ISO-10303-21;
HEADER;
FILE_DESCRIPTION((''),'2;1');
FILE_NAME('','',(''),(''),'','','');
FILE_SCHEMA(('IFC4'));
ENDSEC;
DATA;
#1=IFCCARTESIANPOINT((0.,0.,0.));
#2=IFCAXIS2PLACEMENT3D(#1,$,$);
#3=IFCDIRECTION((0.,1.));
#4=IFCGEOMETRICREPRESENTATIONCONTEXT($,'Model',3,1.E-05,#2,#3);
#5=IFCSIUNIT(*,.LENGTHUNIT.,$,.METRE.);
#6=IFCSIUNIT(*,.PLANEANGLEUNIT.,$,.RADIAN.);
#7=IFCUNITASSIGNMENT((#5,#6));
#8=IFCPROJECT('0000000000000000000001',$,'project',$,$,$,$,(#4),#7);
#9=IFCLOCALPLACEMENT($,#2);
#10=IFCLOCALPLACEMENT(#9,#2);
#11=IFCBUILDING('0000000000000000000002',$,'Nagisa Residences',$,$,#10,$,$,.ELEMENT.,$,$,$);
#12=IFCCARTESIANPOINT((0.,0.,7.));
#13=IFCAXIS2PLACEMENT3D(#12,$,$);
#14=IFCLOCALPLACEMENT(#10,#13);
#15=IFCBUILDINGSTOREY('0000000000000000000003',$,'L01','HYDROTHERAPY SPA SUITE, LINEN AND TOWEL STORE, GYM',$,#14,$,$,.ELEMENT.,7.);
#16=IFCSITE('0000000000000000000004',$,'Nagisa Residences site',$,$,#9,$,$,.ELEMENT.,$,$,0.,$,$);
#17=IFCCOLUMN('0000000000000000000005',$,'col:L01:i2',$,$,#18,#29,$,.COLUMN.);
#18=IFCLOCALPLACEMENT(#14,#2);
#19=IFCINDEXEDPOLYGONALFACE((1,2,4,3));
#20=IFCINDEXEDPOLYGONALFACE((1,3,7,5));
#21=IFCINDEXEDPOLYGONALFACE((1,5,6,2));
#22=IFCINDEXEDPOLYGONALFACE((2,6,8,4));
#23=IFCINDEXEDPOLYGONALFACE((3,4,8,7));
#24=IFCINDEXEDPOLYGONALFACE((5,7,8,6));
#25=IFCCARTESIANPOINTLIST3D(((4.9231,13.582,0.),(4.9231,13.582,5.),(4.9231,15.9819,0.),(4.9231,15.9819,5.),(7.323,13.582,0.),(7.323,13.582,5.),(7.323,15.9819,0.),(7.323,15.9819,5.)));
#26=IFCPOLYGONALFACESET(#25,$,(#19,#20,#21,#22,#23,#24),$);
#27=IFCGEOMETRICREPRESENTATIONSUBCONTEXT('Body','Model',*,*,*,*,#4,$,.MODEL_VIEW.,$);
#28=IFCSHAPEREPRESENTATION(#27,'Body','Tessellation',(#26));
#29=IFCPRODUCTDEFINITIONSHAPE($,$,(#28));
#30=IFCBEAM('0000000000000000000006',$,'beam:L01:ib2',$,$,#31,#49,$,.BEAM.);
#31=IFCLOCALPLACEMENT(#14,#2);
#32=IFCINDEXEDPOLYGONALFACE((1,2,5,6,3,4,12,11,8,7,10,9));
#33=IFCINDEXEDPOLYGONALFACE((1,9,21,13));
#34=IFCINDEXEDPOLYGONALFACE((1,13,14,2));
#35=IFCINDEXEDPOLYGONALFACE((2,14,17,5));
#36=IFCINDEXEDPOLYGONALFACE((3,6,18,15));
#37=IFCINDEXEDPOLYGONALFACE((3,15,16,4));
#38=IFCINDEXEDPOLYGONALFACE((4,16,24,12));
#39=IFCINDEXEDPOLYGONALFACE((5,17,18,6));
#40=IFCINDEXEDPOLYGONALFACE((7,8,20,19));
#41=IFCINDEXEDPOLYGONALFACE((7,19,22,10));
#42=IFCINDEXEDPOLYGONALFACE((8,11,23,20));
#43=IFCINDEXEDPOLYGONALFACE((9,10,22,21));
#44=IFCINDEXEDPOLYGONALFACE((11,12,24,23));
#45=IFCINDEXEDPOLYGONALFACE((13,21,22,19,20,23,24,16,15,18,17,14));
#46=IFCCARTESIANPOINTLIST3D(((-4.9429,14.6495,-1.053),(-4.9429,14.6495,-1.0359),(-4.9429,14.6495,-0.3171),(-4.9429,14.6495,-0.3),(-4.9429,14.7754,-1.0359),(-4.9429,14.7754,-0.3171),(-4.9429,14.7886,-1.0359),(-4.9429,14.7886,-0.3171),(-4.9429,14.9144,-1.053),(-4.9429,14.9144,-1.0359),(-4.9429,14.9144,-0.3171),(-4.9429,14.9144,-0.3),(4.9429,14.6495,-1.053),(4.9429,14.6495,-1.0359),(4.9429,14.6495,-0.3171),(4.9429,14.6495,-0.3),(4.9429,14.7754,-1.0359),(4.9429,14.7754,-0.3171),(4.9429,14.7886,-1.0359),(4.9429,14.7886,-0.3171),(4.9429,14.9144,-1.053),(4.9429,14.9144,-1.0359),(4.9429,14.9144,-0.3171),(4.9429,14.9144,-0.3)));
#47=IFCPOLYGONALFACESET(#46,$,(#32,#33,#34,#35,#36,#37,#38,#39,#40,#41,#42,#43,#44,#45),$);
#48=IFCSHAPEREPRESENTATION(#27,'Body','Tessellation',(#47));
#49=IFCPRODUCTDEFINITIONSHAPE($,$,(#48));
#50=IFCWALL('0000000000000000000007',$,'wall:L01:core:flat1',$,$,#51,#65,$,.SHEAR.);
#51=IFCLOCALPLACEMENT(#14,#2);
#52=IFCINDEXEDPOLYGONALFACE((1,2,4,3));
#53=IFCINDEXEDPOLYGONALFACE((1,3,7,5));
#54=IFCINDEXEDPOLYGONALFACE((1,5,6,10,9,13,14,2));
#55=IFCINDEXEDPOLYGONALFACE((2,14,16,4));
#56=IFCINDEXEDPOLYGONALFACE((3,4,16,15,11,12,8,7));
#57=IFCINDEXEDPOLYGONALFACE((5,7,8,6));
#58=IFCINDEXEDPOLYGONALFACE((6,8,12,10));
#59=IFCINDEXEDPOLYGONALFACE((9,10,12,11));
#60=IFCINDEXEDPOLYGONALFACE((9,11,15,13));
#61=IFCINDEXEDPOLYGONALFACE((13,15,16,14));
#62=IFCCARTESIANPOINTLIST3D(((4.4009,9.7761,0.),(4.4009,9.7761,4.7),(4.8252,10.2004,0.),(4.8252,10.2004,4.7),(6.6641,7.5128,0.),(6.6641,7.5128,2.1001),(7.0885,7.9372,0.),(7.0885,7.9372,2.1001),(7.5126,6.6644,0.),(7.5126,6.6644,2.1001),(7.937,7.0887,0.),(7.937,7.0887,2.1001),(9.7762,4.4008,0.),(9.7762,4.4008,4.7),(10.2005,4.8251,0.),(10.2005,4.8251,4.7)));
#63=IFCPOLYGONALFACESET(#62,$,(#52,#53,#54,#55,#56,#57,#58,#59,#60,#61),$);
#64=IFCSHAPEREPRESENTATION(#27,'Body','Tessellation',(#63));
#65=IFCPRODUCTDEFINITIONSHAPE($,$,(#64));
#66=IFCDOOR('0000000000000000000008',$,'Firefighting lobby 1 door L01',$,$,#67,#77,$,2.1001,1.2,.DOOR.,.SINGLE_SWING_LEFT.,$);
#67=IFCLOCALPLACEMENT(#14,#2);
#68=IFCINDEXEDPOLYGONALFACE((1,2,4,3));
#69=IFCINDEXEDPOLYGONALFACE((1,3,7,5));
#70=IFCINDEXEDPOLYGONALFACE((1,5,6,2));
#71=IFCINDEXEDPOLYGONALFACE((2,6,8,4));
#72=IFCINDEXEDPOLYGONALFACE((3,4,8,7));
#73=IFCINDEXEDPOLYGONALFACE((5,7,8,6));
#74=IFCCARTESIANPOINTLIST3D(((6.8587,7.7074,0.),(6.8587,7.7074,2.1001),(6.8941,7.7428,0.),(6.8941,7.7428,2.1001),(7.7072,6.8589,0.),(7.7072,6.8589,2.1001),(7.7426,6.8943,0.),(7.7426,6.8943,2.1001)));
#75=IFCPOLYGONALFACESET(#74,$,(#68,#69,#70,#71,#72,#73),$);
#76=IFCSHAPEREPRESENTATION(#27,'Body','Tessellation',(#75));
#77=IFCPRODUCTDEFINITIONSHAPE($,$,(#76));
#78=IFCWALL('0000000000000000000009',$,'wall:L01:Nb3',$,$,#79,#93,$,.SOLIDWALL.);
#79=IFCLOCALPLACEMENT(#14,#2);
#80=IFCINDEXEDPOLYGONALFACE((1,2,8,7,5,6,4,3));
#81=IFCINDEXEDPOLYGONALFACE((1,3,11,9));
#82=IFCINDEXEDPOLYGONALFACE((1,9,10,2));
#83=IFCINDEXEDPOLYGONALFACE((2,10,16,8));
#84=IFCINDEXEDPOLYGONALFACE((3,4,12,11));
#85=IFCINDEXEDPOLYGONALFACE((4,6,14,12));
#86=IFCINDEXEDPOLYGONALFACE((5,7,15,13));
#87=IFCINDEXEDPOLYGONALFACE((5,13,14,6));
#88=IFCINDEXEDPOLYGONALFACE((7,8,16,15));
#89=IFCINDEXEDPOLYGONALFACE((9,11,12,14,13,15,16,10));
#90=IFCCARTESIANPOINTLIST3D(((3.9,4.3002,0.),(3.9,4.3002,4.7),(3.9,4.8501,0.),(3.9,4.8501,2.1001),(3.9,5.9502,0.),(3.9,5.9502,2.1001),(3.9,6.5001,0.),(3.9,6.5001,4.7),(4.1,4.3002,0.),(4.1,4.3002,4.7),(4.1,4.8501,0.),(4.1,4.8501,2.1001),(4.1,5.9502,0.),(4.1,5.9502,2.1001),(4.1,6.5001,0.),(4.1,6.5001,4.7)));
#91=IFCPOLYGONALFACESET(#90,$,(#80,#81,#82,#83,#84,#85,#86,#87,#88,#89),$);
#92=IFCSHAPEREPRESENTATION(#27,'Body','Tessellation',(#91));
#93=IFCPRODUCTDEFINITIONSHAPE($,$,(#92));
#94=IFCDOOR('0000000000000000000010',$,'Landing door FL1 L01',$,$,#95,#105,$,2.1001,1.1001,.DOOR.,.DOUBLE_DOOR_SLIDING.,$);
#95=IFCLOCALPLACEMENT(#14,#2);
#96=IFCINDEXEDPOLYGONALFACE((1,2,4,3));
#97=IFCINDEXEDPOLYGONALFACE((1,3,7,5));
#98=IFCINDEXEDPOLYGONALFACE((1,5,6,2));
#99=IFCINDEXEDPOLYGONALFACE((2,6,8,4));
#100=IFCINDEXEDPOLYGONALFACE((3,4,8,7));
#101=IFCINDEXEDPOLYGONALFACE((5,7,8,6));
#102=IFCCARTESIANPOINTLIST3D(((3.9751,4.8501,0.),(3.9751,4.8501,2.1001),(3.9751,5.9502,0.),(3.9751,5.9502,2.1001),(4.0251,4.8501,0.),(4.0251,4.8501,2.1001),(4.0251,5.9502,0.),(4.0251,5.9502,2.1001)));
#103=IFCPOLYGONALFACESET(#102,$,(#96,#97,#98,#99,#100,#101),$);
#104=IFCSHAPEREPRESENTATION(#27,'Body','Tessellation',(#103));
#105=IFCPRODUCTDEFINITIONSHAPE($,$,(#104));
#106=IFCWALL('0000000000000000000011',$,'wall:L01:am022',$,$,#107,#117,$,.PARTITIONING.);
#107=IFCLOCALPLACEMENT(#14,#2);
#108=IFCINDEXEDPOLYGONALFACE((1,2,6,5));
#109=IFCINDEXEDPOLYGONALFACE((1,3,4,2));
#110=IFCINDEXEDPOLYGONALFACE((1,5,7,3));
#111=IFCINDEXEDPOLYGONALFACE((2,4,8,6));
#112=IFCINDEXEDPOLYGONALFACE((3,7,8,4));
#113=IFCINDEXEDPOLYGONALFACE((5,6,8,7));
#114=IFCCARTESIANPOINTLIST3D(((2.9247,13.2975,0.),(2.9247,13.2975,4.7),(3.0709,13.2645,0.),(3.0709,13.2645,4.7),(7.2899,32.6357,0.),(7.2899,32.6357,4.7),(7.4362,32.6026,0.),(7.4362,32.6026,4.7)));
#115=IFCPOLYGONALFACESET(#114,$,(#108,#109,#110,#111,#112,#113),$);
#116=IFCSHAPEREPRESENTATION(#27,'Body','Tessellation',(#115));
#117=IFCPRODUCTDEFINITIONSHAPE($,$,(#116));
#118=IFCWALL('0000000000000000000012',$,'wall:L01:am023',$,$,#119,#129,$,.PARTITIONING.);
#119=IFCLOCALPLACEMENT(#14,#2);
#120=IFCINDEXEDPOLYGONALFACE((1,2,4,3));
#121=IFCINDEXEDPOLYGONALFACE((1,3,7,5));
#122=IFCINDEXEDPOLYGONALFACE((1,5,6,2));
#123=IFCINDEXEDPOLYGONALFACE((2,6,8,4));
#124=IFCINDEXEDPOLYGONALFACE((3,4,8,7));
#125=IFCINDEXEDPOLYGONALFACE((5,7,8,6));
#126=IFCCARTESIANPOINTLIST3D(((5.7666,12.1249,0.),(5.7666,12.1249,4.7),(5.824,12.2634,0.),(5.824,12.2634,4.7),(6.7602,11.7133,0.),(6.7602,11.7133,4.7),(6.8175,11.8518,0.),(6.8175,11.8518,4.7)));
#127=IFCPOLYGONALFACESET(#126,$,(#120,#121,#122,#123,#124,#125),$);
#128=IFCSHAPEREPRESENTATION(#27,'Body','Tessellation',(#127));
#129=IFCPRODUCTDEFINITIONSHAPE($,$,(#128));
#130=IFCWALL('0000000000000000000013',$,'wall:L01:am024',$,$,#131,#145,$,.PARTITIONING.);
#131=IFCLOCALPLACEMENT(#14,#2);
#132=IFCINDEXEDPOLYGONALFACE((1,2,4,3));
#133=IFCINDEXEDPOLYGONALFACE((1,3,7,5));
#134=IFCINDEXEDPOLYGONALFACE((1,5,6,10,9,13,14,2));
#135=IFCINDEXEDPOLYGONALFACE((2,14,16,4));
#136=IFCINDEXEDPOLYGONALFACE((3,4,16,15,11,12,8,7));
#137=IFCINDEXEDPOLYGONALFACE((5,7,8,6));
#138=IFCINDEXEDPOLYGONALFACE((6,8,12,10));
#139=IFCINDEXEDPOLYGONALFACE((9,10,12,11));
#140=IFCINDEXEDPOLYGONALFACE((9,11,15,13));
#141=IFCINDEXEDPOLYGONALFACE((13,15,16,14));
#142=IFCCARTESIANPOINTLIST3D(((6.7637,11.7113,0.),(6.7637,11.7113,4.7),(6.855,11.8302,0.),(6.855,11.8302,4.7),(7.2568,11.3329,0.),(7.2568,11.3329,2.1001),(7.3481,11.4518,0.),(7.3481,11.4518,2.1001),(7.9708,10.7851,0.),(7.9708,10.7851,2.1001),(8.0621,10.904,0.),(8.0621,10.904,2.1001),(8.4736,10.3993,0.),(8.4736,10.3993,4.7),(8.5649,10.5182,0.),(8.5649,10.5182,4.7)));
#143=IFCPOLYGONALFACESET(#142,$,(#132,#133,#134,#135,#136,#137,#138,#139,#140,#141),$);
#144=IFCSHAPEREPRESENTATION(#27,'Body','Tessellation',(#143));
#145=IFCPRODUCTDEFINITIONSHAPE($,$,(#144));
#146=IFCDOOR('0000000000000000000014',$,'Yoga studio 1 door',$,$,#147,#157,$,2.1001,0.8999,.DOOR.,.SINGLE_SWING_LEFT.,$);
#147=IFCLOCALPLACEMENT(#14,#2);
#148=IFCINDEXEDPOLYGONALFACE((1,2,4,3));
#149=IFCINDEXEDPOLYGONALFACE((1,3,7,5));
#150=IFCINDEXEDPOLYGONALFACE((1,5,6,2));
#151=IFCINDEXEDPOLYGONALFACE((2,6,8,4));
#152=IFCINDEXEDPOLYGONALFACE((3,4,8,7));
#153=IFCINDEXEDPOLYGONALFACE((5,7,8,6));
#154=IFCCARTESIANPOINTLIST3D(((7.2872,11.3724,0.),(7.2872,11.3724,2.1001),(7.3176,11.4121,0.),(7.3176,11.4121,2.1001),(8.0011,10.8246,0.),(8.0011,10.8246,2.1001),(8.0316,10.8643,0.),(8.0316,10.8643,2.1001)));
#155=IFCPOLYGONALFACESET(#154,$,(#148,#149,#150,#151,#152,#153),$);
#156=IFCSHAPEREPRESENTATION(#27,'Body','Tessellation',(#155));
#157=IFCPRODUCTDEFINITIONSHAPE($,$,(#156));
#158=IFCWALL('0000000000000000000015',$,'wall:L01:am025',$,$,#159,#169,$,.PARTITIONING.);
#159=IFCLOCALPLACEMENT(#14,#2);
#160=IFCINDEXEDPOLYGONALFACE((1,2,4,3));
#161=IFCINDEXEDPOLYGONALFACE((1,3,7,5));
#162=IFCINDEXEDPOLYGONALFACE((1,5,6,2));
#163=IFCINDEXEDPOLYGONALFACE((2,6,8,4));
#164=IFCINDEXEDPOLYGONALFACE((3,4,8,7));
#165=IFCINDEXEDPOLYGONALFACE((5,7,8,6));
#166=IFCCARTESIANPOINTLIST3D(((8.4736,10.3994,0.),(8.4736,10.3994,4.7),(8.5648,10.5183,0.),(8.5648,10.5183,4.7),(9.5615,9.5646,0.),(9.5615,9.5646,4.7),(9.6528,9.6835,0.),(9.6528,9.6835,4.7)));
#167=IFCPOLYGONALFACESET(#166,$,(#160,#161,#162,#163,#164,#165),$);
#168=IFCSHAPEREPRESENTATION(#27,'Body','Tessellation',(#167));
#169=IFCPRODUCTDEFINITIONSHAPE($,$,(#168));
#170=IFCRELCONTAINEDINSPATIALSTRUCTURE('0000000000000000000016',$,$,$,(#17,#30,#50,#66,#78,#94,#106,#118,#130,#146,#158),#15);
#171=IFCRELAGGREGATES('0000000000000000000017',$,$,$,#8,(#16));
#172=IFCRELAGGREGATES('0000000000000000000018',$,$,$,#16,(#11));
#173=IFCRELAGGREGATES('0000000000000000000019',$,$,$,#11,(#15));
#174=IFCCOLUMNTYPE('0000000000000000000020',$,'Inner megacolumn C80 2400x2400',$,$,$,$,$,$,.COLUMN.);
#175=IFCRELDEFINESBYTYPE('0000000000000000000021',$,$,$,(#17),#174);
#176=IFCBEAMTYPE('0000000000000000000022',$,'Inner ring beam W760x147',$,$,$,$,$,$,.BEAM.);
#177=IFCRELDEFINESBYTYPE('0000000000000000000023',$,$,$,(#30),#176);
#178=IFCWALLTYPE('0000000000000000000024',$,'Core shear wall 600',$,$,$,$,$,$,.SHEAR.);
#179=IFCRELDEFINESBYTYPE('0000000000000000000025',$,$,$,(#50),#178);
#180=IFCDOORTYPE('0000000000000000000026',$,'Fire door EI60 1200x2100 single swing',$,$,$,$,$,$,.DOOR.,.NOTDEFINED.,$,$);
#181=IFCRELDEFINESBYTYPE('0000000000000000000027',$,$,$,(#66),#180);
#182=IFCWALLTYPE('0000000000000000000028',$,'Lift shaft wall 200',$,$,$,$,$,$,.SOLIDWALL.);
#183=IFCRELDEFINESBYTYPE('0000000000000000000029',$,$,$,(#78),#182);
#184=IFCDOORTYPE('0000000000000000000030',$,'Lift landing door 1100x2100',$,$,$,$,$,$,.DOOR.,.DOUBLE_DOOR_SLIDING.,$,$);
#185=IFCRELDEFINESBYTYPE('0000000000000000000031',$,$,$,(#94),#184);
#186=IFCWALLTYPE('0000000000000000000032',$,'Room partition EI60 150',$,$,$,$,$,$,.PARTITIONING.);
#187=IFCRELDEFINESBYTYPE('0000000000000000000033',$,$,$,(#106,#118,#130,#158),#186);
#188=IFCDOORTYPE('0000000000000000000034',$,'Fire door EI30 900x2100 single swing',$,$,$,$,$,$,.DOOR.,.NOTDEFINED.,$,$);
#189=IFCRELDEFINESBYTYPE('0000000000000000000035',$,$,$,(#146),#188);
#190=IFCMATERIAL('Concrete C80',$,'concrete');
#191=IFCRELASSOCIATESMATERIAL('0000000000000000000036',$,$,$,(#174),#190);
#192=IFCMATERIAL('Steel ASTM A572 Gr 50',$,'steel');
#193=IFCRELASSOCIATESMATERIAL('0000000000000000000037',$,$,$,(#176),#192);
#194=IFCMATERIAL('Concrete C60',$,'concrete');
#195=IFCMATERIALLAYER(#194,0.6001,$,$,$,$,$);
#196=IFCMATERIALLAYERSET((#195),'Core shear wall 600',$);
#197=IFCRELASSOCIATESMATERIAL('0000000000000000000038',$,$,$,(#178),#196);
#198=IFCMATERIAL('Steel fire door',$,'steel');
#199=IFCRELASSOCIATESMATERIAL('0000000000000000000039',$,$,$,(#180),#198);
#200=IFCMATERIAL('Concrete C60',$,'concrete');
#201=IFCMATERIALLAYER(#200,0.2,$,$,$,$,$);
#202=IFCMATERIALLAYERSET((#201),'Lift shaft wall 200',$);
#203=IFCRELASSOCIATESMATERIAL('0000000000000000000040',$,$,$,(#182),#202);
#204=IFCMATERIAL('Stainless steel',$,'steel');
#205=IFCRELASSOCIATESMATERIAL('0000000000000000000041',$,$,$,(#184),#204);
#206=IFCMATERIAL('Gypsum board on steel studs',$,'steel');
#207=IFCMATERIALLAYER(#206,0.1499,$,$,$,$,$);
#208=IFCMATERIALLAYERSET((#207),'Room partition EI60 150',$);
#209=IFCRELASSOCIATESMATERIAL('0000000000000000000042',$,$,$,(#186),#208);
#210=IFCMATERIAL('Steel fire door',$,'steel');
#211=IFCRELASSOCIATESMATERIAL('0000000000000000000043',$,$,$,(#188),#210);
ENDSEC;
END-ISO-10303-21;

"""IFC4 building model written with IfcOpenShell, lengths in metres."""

from ifc_helpers import new_model, si_unit, direction, frame, frame_2d, origin, origin_2d, place, context, subcontext, project, spatial, rectangle, i_section, extrude, material, layer, layer_set, material_profile, profile_set, type_object, element, fill, save


model = new_model("IFC4")

# Units and contexts
model_context = context("Model", 3, precision=1e-05, world=origin(), true_north=direction((0.0, 1.0)))
body_context = subcontext(model_context, "Body", "Model", "MODEL_VIEW")
ifc_project = project(units=[si_unit("LENGTHUNIT", "METRE"), si_unit("PLANEANGLEUNIT", "RADIAN")], contexts=[model_context])

# Site, building, storey
site_placement = place(None, origin())
site = spatial("IfcSite", under=ifc_project, at=site_placement, Name="Nagisa Residences site", CompositionType="ELEMENT", RefElevation=0.0)
building_placement = place(site_placement, origin())
building = spatial("IfcBuilding", under=site, at=building_placement, Name="Nagisa Residences", CompositionType="ELEMENT")
storey_placement = place(building_placement, frame((0.0, 0.0, 7.0)))
storey = spatial("IfcBuildingStorey", under=building, at=storey_placement, Name="L01", Description="HYDROTHERAPY SPA SUITE, LINEN AND TOWEL STORE, GYM", CompositionType="ELEMENT", Elevation=7.0)

# Column
ifc_material_1 = material(Name="Concrete C80", Category="concrete")
ifc_material_profile_1 = material_profile(ifc_material_1, rectangle(XDim=2.3999, YDim=2.3999, at=origin_2d()), Name="C80 2400x2400")
ifc_profile_set_1 = profile_set([ifc_material_profile_1], Name="Concrete C80")
column_type = type_object("IfcColumnType", Name="Inner megacolumn C80 2400x2400", PredefinedType="COLUMN", material=ifc_profile_set_1)
column_placement = place(storey_placement, frame((6.123, 14.782, 0.0), z_axis=(0.0, 0.0, 1.0), x_axis=(1.0, 0.0, 0.0)))
element("IfcColumn", 1, at=column_placement, inside=storey, type_object=column_type, Name="col:L01:i2", PredefinedType="COLUMN", context=body_context, shape_type="SweptSolid", body=[
    extrude(rectangle(XDim=2.3999, YDim=2.3999, at=origin_2d()), origin(), (0.0, 0.0, 1.0), 5.0),
])

# Beam
ifc_material_2 = material(Name="Steel ASTM A572 Gr 50", Category="steel")
ifc_material_profile_2 = material_profile(ifc_material_2, i_section(OverallWidth=0.2649, OverallDepth=0.7529, WebThickness=0.0132, FlangeThickness=0.0171, at=origin_2d()), Name="W760x147")
ifc_profile_set_2 = profile_set([ifc_material_profile_2], Name="Steel ASTM A572 Gr 50")
beam_type = type_object("IfcBeamType", Name="Inner ring beam W760x147", PredefinedType="BEAM", material=ifc_profile_set_2)
beam_placement = place(storey_placement, frame((4.9429, 14.782, -0.6765), z_axis=(-1.0, 0.0, 0.0), x_axis=(0.0, -1.0, 0.0)))
element("IfcBeam", 2, at=beam_placement, inside=storey, type_object=beam_type, Name="beam:L01:ib2", PredefinedType="BEAM", context=body_context, shape_type="SweptSolid", body=[
    extrude(i_section(OverallWidth=0.2649, OverallDepth=0.7529, WebThickness=0.0132, FlangeThickness=0.0171, at=origin_2d()), origin(), (0.0, 0.0, 1.0), 9.8857),
])

# Walls, openings, doors
ifc_material_3 = material(Name="Concrete C60", Category="concrete")
ifc_layer_1 = layer(ifc_material_3, 0.6001)
ifc_layer_set_1 = layer_set([ifc_layer_1], Name="Core shear wall 600")
wall_type_1 = type_object("IfcWallType", Name="Core shear wall 600", PredefinedType="SHEAR", material=ifc_layer_set_1)
wall_1_placement = place(storey_placement, frame((9.9883, 4.613, 0.0), z_axis=(0.0, 0.0, 1.0), x_axis=(-0.707107, 0.707107, 0.0)))
wall_1 = element("IfcWall", 3, at=wall_1_placement, inside=storey, type_object=wall_type_1, Name="wall:L01:core:flat1", PredefinedType="SHEAR", context=body_context, shape_type="SweptSolid", body=[
    extrude(rectangle(XDim=7.6018, YDim=0.6001, at=frame_2d((3.8008, 0.0))), origin(), (0.0, 0.0, 1.0), 4.7),
])
opening_1_placement = place(wall_1_placement, frame((3.2009, 0.0, 0.0)))
opening_1 = element("IfcOpeningElement", 4, at=opening_1_placement, cuts=wall_1, PredefinedType="OPENING", context=body_context, shape_type="SweptSolid", body=[
    extrude(rectangle(XDim=1.2, YDim=2.1001, at=frame_2d((0.6001, 1.05))), frame((0.0, 0.3101, 0.0), z_axis=(0.0, -1.0, 0.0), x_axis=(1.0, 0.0, 0.0)), (0.0, 0.0, 1.0), 0.6201),
])
ifc_material_4 = material(Name="Steel fire door", Category="steel")
door_type_1 = type_object("IfcDoorType", Name="Fire door EI60 1200x2100 single swing", OperationType="NOTDEFINED", PredefinedType="DOOR", material=ifc_material_4)
door_1_placement = place(opening_1_placement, origin())
door_1 = element("IfcDoor", 5, at=door_1_placement, inside=storey, type_object=door_type_1, Name="Firefighting lobby 1 door L01", OperationType="SINGLE_SWING_LEFT", OverallHeight=2.1001, OverallWidth=1.2, PredefinedType="DOOR", context=body_context, shape_type="SweptSolid", body=[
    extrude(rectangle(XDim=1.2, YDim=2.1001, at=frame_2d((0.6001, 1.05))), frame((0.0, 0.0249, 0.0), z_axis=(0.0, -1.0, 0.0), x_axis=(1.0, 0.0, 0.0)), (0.0, 0.0, 1.0), 0.05),
])
fill(opening_1, door_1)
ifc_material_5 = material(Name="Concrete C60", Category="concrete")
ifc_layer_2 = layer(ifc_material_5, 0.2)
ifc_layer_set_2 = layer_set([ifc_layer_2], Name="Lift shaft wall 200")
wall_type_2 = type_object("IfcWallType", Name="Lift shaft wall 200", PredefinedType="SOLIDWALL", material=ifc_layer_set_2)
wall_2_placement = place(storey_placement, frame((4.0, 4.3, 0.0), z_axis=(0.0, 0.0, 1.0), x_axis=(0.0, 1.0, 0.0)))
wall_2 = element("IfcWall", 6, at=wall_2_placement, inside=storey, type_object=wall_type_2, Name="wall:L01:Nb3", PredefinedType="SOLIDWALL", context=body_context, shape_type="SweptSolid", body=[
    extrude(rectangle(XDim=2.2, YDim=0.2, at=frame_2d((1.1001, 0.0))), origin(), (0.0, 0.0, 1.0), 4.7),
])
opening_2_placement = place(wall_2_placement, frame((0.55, 0.0, 0.0)))
opening_2 = element("IfcOpeningElement", 7, at=opening_2_placement, cuts=wall_2, PredefinedType="OPENING", context=body_context, shape_type="SweptSolid", body=[
    extrude(rectangle(XDim=1.1001, YDim=2.1001, at=frame_2d((0.55, 1.05))), frame((0.0, 0.1099, 0.0), z_axis=(0.0, -1.0, 0.0), x_axis=(1.0, 0.0, 0.0)), (0.0, 0.0, 1.0), 0.22),
])
ifc_material_6 = material(Name="Stainless steel", Category="steel")
door_type_2 = type_object("IfcDoorType", Name="Lift landing door 1100x2100", OperationType="DOUBLE_DOOR_SLIDING", PredefinedType="DOOR", material=ifc_material_6)
door_2_placement = place(opening_2_placement, origin())
door_2 = element("IfcDoor", 8, at=door_2_placement, inside=storey, type_object=door_type_2, Name="Landing door FL1 L01", OperationType="DOUBLE_DOOR_SLIDING", OverallHeight=2.1001, OverallWidth=1.1001, PredefinedType="DOOR", context=body_context, shape_type="SweptSolid", body=[
    extrude(rectangle(XDim=1.1001, YDim=2.1001, at=frame_2d((0.55, 1.05))), frame((0.0, 0.0249, 0.0), z_axis=(0.0, -1.0, 0.0), x_axis=(1.0, 0.0, 0.0)), (0.0, 0.0, 1.0), 0.05),
])
fill(opening_2, door_2)

# Walls
ifc_material_7 = material(Name="Gypsum board on steel studs", Category="steel")
ifc_layer_3 = layer(ifc_material_7, 0.1499)
ifc_layer_set_3 = layer_set([ifc_layer_3], Name="Room partition EI60 150")
wall_type_3 = type_object("IfcWallType", Name="Room partition EI60 150", PredefinedType="PARTITIONING", material=ifc_layer_set_3)
wall_3_placement = place(storey_placement, frame((2.9978, 13.281, 0.0), z_axis=(0.0, 0.0, 1.0), x_axis=(0.220192, 0.975457, 0.0)))
element("IfcWall", 9, at=wall_3_placement, inside=storey, type_object=wall_type_3, Name="wall:L01:am022", PredefinedType="PARTITIONING", context=body_context, shape_type="SweptSolid", body=[
    extrude(rectangle(XDim=19.8247, YDim=0.1499, at=frame_2d((9.9124, 0.0))), origin(), (0.0, 0.0, 1.0), 4.7),
])
wall_4_placement = place(storey_placement, frame((5.7954, 12.1941, 0.0), z_axis=(0.0, 0.0, 1.0), x_axis=(0.923867, -0.382713, 0.0)))
element("IfcWall", 10, at=wall_4_placement, inside=storey, type_object=wall_type_3, Name="wall:L01:am023", PredefinedType="PARTITIONING", context=body_context, shape_type="SweptSolid", body=[
    extrude(rectangle(XDim=1.0754, YDim=0.1499, at=frame_2d((0.5376, 0.0))), origin(), (0.0, 0.0, 1.0), 4.7),
])

# Wall, opening, door
wall_5_placement = place(storey_placement, frame((6.8093, 11.7708, 0.0), z_axis=(0.0, 0.0, 1.0), x_axis=(0.793373, -0.608736, 0.0)))
wall_5 = element("IfcWall", 11, at=wall_5_placement, inside=storey, type_object=wall_type_3, Name="wall:L01:am024", PredefinedType="PARTITIONING", context=body_context, shape_type="SweptSolid", body=[
    extrude(rectangle(XDim=2.1553, YDim=0.1499, at=frame_2d((1.0776, 0.0))), origin(), (0.0, 0.0, 1.0), 4.7),
])
opening_3_placement = place(wall_5_placement, frame((0.6216, 0.0, 0.0)))
opening_3 = element("IfcOpeningElement", 12, at=opening_3_placement, cuts=wall_5, PredefinedType="OPENING", context=body_context, shape_type="SweptSolid", body=[
    extrude(rectangle(XDim=0.8999, YDim=2.1001, at=frame_2d((0.45, 1.05))), frame((0.0, 0.085, 0.0), z_axis=(0.0, -1.0, 0.0), x_axis=(1.0, 0.0, 0.0)), (0.0, 0.0, 1.0), 0.1699),
])
ifc_material_8 = material(Name="Steel fire door", Category="steel")
door_type_3 = type_object("IfcDoorType", Name="Fire door EI30 900x2100 single swing", OperationType="NOTDEFINED", PredefinedType="DOOR", material=ifc_material_8)
door_3_placement = place(opening_3_placement, origin())
door_3 = element("IfcDoor", 13, at=door_3_placement, inside=storey, type_object=door_type_3, Name="Yoga studio 1 door", OperationType="SINGLE_SWING_LEFT", OverallHeight=2.1001, OverallWidth=0.8999, PredefinedType="DOOR", context=body_context, shape_type="SweptSolid", body=[
    extrude(rectangle(XDim=0.8999, YDim=2.1001, at=frame_2d((0.45, 1.05))), frame((0.0, 0.0249, 0.0), z_axis=(0.0, -1.0, 0.0), x_axis=(1.0, 0.0, 0.0)), (0.0, 0.0, 1.0), 0.05),
])
fill(opening_3, door_3)

# Wall
wall_6_placement = place(storey_placement, frame((8.5193, 10.4587, 0.0), z_axis=(0.0, 0.0, 1.0), x_axis=(0.793371, -0.608738, 0.0)))
element("IfcWall", 14, at=wall_6_placement, inside=storey, type_object=wall_type_3, Name="wall:L01:am025", PredefinedType="PARTITIONING", context=body_context, shape_type="SweptSolid", body=[
    extrude(rectangle(XDim=1.3713, YDim=0.1499, at=frame_2d((0.6855, 0.0))), origin(), (0.0, 0.0, 1.0), 4.7),
])

save(model, "model.ifc")
